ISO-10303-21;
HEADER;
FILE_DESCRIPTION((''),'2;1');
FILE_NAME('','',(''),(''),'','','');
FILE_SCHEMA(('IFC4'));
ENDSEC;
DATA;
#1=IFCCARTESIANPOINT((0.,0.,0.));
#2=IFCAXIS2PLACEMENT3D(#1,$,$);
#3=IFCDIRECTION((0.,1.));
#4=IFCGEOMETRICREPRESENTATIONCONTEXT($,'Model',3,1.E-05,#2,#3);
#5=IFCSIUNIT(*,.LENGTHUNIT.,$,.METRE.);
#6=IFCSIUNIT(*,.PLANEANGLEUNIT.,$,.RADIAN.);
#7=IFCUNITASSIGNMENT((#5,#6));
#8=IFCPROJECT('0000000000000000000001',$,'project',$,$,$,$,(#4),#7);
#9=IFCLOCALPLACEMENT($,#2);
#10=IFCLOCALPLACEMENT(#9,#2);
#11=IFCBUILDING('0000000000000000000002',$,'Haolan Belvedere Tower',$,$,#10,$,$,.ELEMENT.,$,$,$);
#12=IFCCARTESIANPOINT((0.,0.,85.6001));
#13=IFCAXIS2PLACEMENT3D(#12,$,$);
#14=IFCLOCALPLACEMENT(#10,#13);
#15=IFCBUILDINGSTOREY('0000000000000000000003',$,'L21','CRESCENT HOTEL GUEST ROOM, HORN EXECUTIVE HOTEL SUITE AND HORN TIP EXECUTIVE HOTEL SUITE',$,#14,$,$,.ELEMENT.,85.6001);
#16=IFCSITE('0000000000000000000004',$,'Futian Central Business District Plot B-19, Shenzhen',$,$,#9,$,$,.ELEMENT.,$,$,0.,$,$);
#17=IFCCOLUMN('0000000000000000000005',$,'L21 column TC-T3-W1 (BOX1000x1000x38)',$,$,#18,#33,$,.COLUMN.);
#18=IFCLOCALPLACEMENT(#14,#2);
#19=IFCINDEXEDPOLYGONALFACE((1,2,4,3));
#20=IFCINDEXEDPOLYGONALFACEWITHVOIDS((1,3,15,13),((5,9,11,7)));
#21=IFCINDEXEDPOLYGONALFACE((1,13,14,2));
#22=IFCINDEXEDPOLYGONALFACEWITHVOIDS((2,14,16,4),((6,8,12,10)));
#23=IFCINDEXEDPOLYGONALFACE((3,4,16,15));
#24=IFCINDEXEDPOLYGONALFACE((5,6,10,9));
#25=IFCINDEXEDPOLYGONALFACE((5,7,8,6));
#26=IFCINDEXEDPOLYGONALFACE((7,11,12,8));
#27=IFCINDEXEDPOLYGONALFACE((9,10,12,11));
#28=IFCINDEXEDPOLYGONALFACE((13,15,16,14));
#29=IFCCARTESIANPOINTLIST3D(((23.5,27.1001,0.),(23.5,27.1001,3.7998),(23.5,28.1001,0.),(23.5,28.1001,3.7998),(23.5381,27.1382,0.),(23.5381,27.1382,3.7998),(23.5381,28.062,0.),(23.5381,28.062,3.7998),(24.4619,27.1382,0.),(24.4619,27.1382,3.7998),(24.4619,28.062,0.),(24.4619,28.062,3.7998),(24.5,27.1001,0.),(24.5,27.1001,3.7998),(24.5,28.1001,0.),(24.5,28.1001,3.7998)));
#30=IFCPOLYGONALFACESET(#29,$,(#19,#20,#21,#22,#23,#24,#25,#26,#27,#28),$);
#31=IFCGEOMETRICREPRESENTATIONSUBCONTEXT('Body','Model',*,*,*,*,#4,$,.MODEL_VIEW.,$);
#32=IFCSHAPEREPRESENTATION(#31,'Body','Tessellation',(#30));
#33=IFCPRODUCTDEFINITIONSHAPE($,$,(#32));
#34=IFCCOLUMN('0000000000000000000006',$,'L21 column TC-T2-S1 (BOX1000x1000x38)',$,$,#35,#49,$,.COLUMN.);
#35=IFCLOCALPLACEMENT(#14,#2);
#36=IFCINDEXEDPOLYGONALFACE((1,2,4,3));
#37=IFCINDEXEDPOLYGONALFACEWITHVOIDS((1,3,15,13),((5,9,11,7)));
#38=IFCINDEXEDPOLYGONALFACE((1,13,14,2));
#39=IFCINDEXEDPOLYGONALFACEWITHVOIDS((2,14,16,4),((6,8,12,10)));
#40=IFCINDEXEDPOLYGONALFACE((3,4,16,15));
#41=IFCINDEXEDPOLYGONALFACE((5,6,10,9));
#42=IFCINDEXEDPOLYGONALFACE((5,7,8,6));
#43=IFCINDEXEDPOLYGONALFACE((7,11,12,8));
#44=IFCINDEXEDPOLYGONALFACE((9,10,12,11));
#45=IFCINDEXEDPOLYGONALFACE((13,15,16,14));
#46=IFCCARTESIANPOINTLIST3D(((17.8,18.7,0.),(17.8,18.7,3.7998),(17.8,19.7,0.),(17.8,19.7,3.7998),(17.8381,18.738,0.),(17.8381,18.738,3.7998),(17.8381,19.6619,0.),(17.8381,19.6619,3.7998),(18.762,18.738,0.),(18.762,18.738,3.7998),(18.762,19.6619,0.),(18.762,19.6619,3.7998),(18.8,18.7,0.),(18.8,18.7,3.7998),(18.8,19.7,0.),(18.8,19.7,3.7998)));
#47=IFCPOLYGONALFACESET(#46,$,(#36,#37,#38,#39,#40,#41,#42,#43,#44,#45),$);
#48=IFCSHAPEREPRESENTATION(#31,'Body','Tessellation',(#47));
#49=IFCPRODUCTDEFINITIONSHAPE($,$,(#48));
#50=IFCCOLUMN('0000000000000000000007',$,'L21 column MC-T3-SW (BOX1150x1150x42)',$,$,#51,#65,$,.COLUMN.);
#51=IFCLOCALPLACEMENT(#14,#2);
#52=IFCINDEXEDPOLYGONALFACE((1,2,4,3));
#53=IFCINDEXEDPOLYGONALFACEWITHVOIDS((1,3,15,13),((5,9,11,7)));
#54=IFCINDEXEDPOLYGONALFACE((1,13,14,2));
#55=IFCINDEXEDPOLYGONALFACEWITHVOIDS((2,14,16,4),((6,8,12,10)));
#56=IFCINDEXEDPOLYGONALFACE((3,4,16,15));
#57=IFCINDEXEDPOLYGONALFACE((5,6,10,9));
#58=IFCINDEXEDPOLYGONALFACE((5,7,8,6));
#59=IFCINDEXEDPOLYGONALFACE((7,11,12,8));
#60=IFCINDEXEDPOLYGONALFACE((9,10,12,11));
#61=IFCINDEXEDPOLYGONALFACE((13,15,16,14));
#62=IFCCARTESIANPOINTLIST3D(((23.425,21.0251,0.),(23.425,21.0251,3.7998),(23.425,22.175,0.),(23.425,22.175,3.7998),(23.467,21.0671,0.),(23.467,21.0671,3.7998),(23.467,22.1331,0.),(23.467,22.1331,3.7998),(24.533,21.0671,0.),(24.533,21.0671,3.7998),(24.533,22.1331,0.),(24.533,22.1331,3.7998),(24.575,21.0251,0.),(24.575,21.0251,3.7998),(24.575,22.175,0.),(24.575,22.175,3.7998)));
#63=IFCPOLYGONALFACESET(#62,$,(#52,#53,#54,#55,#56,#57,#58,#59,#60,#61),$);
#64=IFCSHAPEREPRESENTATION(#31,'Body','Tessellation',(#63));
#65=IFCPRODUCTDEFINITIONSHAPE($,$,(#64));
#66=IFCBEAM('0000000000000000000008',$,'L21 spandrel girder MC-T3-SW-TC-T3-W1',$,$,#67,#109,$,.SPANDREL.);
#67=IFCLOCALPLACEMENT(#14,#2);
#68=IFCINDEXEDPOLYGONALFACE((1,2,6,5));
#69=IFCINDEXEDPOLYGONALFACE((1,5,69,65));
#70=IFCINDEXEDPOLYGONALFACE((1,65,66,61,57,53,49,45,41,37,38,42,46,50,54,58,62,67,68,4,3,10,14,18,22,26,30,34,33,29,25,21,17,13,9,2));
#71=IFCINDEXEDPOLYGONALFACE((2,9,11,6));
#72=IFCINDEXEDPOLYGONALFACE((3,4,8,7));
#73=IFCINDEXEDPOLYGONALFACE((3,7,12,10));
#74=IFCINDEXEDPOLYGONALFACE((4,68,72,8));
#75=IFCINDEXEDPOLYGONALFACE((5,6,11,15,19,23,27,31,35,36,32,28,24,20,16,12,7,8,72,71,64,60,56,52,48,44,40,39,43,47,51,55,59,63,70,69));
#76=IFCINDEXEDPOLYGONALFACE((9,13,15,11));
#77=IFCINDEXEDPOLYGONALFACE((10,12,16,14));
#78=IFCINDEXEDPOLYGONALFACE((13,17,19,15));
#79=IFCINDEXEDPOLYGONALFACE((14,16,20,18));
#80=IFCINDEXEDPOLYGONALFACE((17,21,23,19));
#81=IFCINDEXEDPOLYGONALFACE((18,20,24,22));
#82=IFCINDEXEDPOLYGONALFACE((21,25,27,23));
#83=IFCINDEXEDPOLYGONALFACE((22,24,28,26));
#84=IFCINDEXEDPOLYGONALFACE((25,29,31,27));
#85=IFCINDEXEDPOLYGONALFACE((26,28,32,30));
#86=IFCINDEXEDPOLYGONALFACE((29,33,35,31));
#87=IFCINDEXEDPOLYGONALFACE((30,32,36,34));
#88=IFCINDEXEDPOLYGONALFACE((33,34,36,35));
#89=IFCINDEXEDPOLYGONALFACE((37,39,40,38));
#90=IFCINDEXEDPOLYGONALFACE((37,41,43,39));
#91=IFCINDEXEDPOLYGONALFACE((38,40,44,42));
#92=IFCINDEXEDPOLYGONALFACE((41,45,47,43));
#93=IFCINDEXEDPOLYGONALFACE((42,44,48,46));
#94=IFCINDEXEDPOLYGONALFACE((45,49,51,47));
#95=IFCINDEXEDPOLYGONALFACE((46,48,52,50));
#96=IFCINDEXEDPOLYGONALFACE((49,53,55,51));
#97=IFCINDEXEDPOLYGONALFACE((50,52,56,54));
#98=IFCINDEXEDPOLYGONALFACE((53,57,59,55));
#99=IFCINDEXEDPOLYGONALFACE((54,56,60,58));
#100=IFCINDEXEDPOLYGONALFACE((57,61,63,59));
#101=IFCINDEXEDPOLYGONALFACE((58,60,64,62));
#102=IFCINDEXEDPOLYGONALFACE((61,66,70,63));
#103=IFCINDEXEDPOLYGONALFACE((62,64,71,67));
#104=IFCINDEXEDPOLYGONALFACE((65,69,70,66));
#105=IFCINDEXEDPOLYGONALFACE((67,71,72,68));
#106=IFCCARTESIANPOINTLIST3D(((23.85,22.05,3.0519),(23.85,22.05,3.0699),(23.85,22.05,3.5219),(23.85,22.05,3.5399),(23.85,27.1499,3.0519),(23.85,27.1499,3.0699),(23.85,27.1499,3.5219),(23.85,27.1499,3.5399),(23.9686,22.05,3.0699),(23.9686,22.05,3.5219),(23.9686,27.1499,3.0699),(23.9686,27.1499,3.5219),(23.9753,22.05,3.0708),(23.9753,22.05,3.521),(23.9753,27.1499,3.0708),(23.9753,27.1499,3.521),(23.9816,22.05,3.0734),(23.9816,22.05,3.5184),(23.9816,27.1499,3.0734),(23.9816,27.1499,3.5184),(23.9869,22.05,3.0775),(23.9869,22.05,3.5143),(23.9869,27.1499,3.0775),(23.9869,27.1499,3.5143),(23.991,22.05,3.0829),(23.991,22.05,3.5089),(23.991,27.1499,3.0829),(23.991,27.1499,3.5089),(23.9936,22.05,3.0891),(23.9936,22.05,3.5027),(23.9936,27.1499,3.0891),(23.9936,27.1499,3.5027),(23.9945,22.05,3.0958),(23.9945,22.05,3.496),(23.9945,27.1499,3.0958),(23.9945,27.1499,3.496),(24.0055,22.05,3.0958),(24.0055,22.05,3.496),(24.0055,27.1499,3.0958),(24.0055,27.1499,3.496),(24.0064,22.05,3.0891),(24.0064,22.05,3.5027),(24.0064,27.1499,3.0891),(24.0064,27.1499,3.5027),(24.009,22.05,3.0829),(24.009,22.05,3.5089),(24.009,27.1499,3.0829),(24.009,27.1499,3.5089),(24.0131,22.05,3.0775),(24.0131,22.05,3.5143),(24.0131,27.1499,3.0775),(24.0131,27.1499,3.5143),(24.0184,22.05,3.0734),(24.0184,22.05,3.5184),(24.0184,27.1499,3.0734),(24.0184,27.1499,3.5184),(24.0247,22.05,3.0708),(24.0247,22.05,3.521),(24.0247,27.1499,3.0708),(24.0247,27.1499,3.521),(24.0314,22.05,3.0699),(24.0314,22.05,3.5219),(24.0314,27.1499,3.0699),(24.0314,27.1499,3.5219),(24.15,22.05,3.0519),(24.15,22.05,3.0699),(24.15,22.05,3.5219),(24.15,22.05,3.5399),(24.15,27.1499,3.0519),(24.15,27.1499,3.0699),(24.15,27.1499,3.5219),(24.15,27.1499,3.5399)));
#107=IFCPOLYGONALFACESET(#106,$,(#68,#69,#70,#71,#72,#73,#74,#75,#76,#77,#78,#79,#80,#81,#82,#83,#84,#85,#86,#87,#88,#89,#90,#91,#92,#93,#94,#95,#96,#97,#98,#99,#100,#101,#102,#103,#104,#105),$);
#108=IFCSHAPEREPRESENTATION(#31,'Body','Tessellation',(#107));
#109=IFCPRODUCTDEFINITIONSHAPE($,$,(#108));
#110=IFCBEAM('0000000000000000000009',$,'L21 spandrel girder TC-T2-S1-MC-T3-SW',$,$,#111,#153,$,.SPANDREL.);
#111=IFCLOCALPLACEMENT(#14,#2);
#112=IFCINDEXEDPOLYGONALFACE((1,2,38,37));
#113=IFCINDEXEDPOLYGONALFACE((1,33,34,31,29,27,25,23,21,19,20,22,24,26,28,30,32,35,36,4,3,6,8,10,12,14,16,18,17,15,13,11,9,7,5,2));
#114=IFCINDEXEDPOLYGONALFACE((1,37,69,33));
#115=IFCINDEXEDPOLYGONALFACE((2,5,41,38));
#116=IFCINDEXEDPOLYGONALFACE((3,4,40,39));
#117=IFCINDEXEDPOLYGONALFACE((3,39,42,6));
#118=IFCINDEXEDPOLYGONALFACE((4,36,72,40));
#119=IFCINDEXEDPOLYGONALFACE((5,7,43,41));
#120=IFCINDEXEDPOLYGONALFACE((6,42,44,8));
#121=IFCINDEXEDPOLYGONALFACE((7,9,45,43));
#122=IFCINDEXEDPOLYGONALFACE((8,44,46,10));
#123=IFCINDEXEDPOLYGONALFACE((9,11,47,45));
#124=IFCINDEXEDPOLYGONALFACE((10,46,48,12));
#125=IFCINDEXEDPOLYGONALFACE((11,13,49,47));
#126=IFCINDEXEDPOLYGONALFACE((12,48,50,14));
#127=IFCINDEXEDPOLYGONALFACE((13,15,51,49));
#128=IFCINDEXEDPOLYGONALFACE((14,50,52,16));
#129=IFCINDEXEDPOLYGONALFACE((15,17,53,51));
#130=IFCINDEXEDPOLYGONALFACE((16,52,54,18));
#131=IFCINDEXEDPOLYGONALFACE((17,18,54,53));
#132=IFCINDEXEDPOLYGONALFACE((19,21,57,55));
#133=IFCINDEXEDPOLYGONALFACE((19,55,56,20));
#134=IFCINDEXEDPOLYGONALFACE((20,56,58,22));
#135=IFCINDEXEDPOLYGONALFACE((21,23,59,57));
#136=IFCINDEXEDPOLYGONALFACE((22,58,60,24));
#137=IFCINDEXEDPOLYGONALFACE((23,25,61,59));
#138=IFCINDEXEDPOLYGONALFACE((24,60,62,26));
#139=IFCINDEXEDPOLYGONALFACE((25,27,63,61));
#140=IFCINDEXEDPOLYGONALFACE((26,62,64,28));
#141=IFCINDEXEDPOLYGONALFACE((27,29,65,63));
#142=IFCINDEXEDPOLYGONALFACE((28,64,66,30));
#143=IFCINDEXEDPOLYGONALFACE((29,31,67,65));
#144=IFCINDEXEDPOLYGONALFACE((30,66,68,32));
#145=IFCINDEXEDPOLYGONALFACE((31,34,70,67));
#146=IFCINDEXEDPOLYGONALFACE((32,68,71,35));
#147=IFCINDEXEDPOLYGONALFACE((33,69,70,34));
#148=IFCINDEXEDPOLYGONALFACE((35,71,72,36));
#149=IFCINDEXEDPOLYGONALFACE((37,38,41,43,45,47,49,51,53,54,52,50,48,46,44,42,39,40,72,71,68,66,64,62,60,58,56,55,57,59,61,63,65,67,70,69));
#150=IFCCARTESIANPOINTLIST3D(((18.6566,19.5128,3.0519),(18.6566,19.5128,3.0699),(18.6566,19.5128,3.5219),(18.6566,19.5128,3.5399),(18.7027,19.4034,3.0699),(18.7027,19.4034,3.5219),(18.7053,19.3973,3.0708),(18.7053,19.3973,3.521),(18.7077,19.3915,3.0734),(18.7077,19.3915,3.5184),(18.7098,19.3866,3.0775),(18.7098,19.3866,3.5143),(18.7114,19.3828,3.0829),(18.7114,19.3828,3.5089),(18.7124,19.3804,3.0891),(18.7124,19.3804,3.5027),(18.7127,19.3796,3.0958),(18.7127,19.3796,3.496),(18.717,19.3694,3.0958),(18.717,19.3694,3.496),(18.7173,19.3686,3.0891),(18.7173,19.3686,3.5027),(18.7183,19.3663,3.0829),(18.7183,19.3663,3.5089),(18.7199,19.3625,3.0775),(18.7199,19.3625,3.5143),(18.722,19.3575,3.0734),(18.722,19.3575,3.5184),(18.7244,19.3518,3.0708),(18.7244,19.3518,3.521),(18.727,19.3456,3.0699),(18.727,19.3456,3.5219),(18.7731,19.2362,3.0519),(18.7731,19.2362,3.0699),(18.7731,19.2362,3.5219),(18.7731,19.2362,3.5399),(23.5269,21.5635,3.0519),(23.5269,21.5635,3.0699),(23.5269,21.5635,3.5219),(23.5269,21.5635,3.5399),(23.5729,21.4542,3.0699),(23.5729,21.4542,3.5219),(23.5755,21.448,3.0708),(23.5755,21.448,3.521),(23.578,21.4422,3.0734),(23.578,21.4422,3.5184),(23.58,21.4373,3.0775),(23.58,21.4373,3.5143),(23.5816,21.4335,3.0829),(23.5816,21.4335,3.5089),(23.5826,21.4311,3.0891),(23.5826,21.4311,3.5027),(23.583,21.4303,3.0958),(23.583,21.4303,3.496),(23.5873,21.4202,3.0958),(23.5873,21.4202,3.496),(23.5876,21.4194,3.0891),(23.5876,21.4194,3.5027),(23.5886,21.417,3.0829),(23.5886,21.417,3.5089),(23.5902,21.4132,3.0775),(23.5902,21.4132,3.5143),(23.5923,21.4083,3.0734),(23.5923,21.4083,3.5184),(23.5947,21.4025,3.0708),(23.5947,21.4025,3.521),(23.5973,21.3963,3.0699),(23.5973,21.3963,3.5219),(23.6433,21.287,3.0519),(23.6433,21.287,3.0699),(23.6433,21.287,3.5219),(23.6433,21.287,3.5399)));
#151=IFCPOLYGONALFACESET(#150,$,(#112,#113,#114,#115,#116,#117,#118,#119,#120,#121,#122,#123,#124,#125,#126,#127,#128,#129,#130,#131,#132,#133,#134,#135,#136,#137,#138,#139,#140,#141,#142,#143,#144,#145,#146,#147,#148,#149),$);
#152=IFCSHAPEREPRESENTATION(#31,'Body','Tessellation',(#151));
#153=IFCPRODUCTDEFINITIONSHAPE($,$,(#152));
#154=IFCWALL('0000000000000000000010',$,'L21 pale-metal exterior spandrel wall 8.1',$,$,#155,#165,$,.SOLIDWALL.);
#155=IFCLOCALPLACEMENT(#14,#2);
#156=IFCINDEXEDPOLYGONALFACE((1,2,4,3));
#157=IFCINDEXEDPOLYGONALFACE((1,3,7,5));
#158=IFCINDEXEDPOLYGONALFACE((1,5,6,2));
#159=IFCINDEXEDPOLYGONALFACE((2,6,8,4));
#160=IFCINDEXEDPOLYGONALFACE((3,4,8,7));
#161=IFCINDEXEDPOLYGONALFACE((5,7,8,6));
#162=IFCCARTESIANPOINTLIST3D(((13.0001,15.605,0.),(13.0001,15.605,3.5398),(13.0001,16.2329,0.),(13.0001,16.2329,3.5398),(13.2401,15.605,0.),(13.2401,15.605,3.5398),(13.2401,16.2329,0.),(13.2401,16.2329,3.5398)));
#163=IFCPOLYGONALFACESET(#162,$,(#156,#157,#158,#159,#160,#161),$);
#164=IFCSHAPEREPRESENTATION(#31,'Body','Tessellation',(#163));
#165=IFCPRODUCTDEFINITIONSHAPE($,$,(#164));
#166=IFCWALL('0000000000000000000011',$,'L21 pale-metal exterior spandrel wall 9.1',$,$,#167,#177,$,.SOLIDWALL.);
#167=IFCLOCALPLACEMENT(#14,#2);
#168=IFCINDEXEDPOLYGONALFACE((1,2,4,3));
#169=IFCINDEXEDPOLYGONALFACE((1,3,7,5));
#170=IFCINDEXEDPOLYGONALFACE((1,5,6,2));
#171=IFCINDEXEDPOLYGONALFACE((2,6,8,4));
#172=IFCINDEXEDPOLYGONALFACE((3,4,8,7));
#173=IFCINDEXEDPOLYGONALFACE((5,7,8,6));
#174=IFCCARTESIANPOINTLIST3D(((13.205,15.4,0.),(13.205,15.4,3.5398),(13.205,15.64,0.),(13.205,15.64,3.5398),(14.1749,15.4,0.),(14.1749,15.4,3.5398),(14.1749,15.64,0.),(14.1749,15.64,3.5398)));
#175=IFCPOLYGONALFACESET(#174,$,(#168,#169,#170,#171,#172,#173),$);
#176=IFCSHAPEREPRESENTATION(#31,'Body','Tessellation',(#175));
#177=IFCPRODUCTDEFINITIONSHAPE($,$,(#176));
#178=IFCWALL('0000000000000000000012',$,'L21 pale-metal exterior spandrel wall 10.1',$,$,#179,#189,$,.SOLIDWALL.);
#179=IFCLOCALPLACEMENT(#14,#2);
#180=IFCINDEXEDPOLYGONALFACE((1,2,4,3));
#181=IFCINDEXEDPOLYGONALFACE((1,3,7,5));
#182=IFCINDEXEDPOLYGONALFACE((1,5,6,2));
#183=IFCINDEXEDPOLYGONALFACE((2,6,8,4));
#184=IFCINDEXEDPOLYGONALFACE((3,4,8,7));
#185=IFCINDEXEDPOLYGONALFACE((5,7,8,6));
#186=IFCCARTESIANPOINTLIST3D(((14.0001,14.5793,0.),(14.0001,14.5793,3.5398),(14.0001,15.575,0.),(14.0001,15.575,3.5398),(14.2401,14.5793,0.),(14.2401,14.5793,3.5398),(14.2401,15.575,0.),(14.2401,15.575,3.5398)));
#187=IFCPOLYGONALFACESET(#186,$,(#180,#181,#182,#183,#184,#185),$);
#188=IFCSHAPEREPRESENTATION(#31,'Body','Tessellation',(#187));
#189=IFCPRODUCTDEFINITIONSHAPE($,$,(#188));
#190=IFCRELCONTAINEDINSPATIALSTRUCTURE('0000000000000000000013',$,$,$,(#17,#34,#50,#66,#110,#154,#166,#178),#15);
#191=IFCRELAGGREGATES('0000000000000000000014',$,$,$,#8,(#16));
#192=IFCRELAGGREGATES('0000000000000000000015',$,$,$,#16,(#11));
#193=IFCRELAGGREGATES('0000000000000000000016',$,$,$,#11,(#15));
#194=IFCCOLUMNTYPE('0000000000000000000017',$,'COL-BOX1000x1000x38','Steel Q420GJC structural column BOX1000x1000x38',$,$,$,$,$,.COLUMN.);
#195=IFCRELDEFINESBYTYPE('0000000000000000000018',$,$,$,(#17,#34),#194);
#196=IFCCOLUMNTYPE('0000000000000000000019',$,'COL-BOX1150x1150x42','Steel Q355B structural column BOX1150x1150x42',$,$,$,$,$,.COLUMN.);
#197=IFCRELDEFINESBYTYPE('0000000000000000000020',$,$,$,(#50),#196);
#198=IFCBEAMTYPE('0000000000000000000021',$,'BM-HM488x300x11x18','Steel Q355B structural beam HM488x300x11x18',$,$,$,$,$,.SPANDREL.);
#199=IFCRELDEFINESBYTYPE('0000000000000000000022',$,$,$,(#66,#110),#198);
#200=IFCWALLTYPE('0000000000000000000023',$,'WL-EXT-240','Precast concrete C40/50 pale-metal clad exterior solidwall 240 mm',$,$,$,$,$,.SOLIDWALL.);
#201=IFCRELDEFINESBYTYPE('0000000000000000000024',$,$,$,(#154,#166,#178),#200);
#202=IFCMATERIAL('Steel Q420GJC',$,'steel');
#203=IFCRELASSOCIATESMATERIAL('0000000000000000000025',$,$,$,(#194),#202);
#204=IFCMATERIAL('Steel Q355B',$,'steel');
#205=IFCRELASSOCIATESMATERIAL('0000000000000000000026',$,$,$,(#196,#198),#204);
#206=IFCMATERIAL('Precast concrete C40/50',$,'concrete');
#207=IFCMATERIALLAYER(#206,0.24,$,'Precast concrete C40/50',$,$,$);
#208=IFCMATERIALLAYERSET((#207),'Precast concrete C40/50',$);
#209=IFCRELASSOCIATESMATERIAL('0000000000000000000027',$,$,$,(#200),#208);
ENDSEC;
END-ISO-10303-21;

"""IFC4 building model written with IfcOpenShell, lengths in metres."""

from ifc_helpers import new_model, si_unit, direction, frame, frame_2d, origin, origin_2d, place, context, subcontext, project, spatial, rectangle, hollow_rectangle, i_section, extrude, material, layer, layer_set, material_profile, profile_set, type_object, element, save


model = new_model("IFC4")

# Units and contexts
model_context = context("Model", 3, precision=1e-05, world=origin(), true_north=direction((0.0, 1.0)))
body_context = subcontext(model_context, "Body", "Model", "MODEL_VIEW")
ifc_project = project(units=[si_unit("LENGTHUNIT", "METRE"), si_unit("PLANEANGLEUNIT", "RADIAN")], contexts=[model_context])

# Site, building, storey
site_placement = place(None, origin())
site = spatial("IfcSite", under=ifc_project, at=site_placement, Name="Futian Central Business District Plot B-19, Shenzhen", CompositionType="ELEMENT", RefElevation=0.0)
building_placement = place(site_placement, origin())
building = spatial("IfcBuilding", under=site, at=building_placement, Name="Haolan Belvedere Tower", CompositionType="ELEMENT")
storey_placement = place(building_placement, frame((0.0, 0.0, 85.6001)))
storey = spatial("IfcBuildingStorey", under=building, at=storey_placement, Name="L21", Description="CRESCENT HOTEL GUEST ROOM, HORN EXECUTIVE HOTEL SUITE AND HORN TIP EXECUTIVE HOTEL SUITE", CompositionType="ELEMENT", Elevation=85.6001)

# Columns
ifc_material_1 = material(Name="Steel Q420GJC", Category="steel")
ifc_material_profile_1 = material_profile(ifc_material_1, hollow_rectangle(XDim=1.0, YDim=1.0, WallThickness=0.0381, at=origin_2d()), Name="Steel Q420GJC")
ifc_profile_set_1 = profile_set([ifc_material_profile_1], Name="Steel Q420GJC")
column_type_1 = type_object("IfcColumnType", Name="COL-BOX1000x1000x38", Description="Steel Q420GJC structural column BOX1000x1000x38", PredefinedType="COLUMN", material=ifc_profile_set_1)
for number, where, z_axis, x_axis, name in (
    (1, (24.0, 27.6001, 0.0), (0.0, 0.0, 1.0), (1.0, 0.0, 0.0), "L21 column TC-T3-W1 (BOX1000x1000x38)"),
    (2, (18.3, 19.2, 0.0), (0.0, 0.0, 1.0), (1.0, 0.0, 0.0), "L21 column TC-T2-S1 (BOX1000x1000x38)"),
):
    element("IfcColumn", number, at=place(storey_placement, frame(where, z_axis=z_axis, x_axis=x_axis)), inside=storey, type_object=column_type_1, Name=name, PredefinedType="COLUMN", context=body_context, shape_type="SweptSolid", body=[
        extrude(hollow_rectangle(XDim=1.0, YDim=1.0, WallThickness=0.0381, at=origin_2d()), origin(), (0.0, 0.0, 1.0), 3.7998),
    ])
ifc_material_2 = material(Name="Steel Q355B", Category="steel")
ifc_material_profile_2 = material_profile(ifc_material_2, hollow_rectangle(XDim=1.1499, YDim=1.1499, WallThickness=0.042, at=origin_2d()), Name="Steel Q355B")
ifc_profile_set_2 = profile_set([ifc_material_profile_2], Name="Steel Q355B")
column_type_2 = type_object("IfcColumnType", Name="COL-BOX1150x1150x42", Description="Steel Q355B structural column BOX1150x1150x42", PredefinedType="COLUMN", material=ifc_profile_set_2)
column_placement = place(storey_placement, frame((24.0, 21.6001, 0.0), z_axis=(0.0, 0.0, 1.0), x_axis=(1.0, 0.0, 0.0)))
element("IfcColumn", 3, at=column_placement, inside=storey, type_object=column_type_2, Name="L21 column MC-T3-SW (BOX1150x1150x42)", PredefinedType="COLUMN", context=body_context, shape_type="SweptSolid", body=[
    extrude(hollow_rectangle(XDim=1.1499, YDim=1.1499, WallThickness=0.042, at=origin_2d()), origin(), (0.0, 0.0, 1.0), 3.7998),
])

# Beams
ifc_material_profile_3 = material_profile(ifc_material_2, i_section(OverallWidth=0.3, OverallDepth=0.488, WebThickness=0.011, FlangeThickness=0.0181, FilletRadius=0.0259, at=origin_2d()), Name="Steel Q355B")
ifc_profile_set_3 = profile_set([ifc_material_profile_3], Name="Steel Q355B")
beam_type = type_object("IfcBeamType", Name="BM-HM488x300x11x18", Description="Steel Q355B structural beam HM488x300x11x18", PredefinedType="SPANDREL", material=ifc_profile_set_3)
beam_1_placement = place(storey_placement, frame((24.0, 22.05, 3.2959), z_axis=(0.0, 1.0, 0.0), x_axis=(-1.0, 0.0, 0.0)))
element("IfcBeam", 4, at=beam_1_placement, inside=storey, type_object=beam_type, Name="L21 spandrel girder MC-T3-SW-TC-T3-W1", PredefinedType="SPANDREL", context=body_context, shape_type="SweptSolid", body=[
    extrude(i_section(OverallWidth=0.3, OverallDepth=0.488, WebThickness=0.011, FlangeThickness=0.0181, FilletRadius=0.0259, at=origin_2d()), origin(), (0.0, 0.0, 1.0), 5.0999),
])
beam_2_placement = place(storey_placement, frame((18.7148, 19.3745, 3.2959), z_axis=(0.921628, 0.388074, 0.0), x_axis=(-0.388074, 0.921628, 0.0)))
element("IfcBeam", 5, at=beam_2_placement, inside=storey, type_object=beam_type, Name="L21 spandrel girder TC-T2-S1-MC-T3-SW", PredefinedType="SPANDREL", context=body_context, shape_type="SweptSolid", body=[
    extrude(i_section(OverallWidth=0.3, OverallDepth=0.488, WebThickness=0.011, FlangeThickness=0.0181, FilletRadius=0.0259, at=origin_2d()), origin(), (0.0, 0.0, 1.0), 5.2844),
])

# Walls
ifc_material_3 = material(Name="Precast concrete C40/50", Category="concrete")
ifc_layer_1 = layer(ifc_material_3, 0.24, Name="Precast concrete C40/50")
ifc_layer_set_1 = layer_set([ifc_layer_1], Name="Precast concrete C40/50")
wall_type_1 = type_object("IfcWallType", Name="WL-EXT-240", Description="Precast concrete C40/50 pale-metal clad exterior solidwall 240 mm", PredefinedType="SOLIDWALL", material=ifc_layer_set_1)
wall_1_placement = place(storey_placement, frame((13.1201, 16.2329, 0.0), z_axis=(0.0, 0.0, 1.0), x_axis=(0.0, -1.0, 0.0)))
element("IfcWall", 6, at=wall_1_placement, inside=storey, type_object=wall_type_1, Name="L21 pale-metal exterior spandrel wall 8.1", PredefinedType="SOLIDWALL", context=body_context, shape_type="SweptSolid", body=[
    extrude(rectangle(XDim=0.6279, YDim=0.24, at=frame_2d((0.314, 0.0))), origin(), (0.0, 0.0, 1.0), 3.5398),
])
wall_2_placement = place(storey_placement, frame((13.2051, 15.52, 0.0), z_axis=(0.0, 0.0, 1.0), x_axis=(1.0, 0.0, 0.0)))
element("IfcWall", 7, at=wall_2_placement, inside=storey, type_object=wall_type_1, Name="L21 pale-metal exterior spandrel wall 9.1", PredefinedType="SOLIDWALL", context=body_context, shape_type="SweptSolid", body=[
    extrude(rectangle(XDim=0.97, YDim=0.24, at=frame_2d((0.4849, 0.0))), origin(), (0.0, 0.0, 1.0), 3.5398),
])
wall_3_placement = place(storey_placement, frame((14.1201, 15.575, 0.0), z_axis=(0.0, 0.0, 1.0), x_axis=(0.0, -1.0, 0.0)))
element("IfcWall", 8, at=wall_3_placement, inside=storey, type_object=wall_type_1, Name="L21 pale-metal exterior spandrel wall 10.1", PredefinedType="SOLIDWALL", context=body_context, shape_type="SweptSolid", body=[
    extrude(rectangle(XDim=0.9956, YDim=0.24, at=frame_2d((0.4978, 0.0))), origin(), (0.0, 0.0, 1.0), 3.5398),
])

save(model, "model.ifc")
